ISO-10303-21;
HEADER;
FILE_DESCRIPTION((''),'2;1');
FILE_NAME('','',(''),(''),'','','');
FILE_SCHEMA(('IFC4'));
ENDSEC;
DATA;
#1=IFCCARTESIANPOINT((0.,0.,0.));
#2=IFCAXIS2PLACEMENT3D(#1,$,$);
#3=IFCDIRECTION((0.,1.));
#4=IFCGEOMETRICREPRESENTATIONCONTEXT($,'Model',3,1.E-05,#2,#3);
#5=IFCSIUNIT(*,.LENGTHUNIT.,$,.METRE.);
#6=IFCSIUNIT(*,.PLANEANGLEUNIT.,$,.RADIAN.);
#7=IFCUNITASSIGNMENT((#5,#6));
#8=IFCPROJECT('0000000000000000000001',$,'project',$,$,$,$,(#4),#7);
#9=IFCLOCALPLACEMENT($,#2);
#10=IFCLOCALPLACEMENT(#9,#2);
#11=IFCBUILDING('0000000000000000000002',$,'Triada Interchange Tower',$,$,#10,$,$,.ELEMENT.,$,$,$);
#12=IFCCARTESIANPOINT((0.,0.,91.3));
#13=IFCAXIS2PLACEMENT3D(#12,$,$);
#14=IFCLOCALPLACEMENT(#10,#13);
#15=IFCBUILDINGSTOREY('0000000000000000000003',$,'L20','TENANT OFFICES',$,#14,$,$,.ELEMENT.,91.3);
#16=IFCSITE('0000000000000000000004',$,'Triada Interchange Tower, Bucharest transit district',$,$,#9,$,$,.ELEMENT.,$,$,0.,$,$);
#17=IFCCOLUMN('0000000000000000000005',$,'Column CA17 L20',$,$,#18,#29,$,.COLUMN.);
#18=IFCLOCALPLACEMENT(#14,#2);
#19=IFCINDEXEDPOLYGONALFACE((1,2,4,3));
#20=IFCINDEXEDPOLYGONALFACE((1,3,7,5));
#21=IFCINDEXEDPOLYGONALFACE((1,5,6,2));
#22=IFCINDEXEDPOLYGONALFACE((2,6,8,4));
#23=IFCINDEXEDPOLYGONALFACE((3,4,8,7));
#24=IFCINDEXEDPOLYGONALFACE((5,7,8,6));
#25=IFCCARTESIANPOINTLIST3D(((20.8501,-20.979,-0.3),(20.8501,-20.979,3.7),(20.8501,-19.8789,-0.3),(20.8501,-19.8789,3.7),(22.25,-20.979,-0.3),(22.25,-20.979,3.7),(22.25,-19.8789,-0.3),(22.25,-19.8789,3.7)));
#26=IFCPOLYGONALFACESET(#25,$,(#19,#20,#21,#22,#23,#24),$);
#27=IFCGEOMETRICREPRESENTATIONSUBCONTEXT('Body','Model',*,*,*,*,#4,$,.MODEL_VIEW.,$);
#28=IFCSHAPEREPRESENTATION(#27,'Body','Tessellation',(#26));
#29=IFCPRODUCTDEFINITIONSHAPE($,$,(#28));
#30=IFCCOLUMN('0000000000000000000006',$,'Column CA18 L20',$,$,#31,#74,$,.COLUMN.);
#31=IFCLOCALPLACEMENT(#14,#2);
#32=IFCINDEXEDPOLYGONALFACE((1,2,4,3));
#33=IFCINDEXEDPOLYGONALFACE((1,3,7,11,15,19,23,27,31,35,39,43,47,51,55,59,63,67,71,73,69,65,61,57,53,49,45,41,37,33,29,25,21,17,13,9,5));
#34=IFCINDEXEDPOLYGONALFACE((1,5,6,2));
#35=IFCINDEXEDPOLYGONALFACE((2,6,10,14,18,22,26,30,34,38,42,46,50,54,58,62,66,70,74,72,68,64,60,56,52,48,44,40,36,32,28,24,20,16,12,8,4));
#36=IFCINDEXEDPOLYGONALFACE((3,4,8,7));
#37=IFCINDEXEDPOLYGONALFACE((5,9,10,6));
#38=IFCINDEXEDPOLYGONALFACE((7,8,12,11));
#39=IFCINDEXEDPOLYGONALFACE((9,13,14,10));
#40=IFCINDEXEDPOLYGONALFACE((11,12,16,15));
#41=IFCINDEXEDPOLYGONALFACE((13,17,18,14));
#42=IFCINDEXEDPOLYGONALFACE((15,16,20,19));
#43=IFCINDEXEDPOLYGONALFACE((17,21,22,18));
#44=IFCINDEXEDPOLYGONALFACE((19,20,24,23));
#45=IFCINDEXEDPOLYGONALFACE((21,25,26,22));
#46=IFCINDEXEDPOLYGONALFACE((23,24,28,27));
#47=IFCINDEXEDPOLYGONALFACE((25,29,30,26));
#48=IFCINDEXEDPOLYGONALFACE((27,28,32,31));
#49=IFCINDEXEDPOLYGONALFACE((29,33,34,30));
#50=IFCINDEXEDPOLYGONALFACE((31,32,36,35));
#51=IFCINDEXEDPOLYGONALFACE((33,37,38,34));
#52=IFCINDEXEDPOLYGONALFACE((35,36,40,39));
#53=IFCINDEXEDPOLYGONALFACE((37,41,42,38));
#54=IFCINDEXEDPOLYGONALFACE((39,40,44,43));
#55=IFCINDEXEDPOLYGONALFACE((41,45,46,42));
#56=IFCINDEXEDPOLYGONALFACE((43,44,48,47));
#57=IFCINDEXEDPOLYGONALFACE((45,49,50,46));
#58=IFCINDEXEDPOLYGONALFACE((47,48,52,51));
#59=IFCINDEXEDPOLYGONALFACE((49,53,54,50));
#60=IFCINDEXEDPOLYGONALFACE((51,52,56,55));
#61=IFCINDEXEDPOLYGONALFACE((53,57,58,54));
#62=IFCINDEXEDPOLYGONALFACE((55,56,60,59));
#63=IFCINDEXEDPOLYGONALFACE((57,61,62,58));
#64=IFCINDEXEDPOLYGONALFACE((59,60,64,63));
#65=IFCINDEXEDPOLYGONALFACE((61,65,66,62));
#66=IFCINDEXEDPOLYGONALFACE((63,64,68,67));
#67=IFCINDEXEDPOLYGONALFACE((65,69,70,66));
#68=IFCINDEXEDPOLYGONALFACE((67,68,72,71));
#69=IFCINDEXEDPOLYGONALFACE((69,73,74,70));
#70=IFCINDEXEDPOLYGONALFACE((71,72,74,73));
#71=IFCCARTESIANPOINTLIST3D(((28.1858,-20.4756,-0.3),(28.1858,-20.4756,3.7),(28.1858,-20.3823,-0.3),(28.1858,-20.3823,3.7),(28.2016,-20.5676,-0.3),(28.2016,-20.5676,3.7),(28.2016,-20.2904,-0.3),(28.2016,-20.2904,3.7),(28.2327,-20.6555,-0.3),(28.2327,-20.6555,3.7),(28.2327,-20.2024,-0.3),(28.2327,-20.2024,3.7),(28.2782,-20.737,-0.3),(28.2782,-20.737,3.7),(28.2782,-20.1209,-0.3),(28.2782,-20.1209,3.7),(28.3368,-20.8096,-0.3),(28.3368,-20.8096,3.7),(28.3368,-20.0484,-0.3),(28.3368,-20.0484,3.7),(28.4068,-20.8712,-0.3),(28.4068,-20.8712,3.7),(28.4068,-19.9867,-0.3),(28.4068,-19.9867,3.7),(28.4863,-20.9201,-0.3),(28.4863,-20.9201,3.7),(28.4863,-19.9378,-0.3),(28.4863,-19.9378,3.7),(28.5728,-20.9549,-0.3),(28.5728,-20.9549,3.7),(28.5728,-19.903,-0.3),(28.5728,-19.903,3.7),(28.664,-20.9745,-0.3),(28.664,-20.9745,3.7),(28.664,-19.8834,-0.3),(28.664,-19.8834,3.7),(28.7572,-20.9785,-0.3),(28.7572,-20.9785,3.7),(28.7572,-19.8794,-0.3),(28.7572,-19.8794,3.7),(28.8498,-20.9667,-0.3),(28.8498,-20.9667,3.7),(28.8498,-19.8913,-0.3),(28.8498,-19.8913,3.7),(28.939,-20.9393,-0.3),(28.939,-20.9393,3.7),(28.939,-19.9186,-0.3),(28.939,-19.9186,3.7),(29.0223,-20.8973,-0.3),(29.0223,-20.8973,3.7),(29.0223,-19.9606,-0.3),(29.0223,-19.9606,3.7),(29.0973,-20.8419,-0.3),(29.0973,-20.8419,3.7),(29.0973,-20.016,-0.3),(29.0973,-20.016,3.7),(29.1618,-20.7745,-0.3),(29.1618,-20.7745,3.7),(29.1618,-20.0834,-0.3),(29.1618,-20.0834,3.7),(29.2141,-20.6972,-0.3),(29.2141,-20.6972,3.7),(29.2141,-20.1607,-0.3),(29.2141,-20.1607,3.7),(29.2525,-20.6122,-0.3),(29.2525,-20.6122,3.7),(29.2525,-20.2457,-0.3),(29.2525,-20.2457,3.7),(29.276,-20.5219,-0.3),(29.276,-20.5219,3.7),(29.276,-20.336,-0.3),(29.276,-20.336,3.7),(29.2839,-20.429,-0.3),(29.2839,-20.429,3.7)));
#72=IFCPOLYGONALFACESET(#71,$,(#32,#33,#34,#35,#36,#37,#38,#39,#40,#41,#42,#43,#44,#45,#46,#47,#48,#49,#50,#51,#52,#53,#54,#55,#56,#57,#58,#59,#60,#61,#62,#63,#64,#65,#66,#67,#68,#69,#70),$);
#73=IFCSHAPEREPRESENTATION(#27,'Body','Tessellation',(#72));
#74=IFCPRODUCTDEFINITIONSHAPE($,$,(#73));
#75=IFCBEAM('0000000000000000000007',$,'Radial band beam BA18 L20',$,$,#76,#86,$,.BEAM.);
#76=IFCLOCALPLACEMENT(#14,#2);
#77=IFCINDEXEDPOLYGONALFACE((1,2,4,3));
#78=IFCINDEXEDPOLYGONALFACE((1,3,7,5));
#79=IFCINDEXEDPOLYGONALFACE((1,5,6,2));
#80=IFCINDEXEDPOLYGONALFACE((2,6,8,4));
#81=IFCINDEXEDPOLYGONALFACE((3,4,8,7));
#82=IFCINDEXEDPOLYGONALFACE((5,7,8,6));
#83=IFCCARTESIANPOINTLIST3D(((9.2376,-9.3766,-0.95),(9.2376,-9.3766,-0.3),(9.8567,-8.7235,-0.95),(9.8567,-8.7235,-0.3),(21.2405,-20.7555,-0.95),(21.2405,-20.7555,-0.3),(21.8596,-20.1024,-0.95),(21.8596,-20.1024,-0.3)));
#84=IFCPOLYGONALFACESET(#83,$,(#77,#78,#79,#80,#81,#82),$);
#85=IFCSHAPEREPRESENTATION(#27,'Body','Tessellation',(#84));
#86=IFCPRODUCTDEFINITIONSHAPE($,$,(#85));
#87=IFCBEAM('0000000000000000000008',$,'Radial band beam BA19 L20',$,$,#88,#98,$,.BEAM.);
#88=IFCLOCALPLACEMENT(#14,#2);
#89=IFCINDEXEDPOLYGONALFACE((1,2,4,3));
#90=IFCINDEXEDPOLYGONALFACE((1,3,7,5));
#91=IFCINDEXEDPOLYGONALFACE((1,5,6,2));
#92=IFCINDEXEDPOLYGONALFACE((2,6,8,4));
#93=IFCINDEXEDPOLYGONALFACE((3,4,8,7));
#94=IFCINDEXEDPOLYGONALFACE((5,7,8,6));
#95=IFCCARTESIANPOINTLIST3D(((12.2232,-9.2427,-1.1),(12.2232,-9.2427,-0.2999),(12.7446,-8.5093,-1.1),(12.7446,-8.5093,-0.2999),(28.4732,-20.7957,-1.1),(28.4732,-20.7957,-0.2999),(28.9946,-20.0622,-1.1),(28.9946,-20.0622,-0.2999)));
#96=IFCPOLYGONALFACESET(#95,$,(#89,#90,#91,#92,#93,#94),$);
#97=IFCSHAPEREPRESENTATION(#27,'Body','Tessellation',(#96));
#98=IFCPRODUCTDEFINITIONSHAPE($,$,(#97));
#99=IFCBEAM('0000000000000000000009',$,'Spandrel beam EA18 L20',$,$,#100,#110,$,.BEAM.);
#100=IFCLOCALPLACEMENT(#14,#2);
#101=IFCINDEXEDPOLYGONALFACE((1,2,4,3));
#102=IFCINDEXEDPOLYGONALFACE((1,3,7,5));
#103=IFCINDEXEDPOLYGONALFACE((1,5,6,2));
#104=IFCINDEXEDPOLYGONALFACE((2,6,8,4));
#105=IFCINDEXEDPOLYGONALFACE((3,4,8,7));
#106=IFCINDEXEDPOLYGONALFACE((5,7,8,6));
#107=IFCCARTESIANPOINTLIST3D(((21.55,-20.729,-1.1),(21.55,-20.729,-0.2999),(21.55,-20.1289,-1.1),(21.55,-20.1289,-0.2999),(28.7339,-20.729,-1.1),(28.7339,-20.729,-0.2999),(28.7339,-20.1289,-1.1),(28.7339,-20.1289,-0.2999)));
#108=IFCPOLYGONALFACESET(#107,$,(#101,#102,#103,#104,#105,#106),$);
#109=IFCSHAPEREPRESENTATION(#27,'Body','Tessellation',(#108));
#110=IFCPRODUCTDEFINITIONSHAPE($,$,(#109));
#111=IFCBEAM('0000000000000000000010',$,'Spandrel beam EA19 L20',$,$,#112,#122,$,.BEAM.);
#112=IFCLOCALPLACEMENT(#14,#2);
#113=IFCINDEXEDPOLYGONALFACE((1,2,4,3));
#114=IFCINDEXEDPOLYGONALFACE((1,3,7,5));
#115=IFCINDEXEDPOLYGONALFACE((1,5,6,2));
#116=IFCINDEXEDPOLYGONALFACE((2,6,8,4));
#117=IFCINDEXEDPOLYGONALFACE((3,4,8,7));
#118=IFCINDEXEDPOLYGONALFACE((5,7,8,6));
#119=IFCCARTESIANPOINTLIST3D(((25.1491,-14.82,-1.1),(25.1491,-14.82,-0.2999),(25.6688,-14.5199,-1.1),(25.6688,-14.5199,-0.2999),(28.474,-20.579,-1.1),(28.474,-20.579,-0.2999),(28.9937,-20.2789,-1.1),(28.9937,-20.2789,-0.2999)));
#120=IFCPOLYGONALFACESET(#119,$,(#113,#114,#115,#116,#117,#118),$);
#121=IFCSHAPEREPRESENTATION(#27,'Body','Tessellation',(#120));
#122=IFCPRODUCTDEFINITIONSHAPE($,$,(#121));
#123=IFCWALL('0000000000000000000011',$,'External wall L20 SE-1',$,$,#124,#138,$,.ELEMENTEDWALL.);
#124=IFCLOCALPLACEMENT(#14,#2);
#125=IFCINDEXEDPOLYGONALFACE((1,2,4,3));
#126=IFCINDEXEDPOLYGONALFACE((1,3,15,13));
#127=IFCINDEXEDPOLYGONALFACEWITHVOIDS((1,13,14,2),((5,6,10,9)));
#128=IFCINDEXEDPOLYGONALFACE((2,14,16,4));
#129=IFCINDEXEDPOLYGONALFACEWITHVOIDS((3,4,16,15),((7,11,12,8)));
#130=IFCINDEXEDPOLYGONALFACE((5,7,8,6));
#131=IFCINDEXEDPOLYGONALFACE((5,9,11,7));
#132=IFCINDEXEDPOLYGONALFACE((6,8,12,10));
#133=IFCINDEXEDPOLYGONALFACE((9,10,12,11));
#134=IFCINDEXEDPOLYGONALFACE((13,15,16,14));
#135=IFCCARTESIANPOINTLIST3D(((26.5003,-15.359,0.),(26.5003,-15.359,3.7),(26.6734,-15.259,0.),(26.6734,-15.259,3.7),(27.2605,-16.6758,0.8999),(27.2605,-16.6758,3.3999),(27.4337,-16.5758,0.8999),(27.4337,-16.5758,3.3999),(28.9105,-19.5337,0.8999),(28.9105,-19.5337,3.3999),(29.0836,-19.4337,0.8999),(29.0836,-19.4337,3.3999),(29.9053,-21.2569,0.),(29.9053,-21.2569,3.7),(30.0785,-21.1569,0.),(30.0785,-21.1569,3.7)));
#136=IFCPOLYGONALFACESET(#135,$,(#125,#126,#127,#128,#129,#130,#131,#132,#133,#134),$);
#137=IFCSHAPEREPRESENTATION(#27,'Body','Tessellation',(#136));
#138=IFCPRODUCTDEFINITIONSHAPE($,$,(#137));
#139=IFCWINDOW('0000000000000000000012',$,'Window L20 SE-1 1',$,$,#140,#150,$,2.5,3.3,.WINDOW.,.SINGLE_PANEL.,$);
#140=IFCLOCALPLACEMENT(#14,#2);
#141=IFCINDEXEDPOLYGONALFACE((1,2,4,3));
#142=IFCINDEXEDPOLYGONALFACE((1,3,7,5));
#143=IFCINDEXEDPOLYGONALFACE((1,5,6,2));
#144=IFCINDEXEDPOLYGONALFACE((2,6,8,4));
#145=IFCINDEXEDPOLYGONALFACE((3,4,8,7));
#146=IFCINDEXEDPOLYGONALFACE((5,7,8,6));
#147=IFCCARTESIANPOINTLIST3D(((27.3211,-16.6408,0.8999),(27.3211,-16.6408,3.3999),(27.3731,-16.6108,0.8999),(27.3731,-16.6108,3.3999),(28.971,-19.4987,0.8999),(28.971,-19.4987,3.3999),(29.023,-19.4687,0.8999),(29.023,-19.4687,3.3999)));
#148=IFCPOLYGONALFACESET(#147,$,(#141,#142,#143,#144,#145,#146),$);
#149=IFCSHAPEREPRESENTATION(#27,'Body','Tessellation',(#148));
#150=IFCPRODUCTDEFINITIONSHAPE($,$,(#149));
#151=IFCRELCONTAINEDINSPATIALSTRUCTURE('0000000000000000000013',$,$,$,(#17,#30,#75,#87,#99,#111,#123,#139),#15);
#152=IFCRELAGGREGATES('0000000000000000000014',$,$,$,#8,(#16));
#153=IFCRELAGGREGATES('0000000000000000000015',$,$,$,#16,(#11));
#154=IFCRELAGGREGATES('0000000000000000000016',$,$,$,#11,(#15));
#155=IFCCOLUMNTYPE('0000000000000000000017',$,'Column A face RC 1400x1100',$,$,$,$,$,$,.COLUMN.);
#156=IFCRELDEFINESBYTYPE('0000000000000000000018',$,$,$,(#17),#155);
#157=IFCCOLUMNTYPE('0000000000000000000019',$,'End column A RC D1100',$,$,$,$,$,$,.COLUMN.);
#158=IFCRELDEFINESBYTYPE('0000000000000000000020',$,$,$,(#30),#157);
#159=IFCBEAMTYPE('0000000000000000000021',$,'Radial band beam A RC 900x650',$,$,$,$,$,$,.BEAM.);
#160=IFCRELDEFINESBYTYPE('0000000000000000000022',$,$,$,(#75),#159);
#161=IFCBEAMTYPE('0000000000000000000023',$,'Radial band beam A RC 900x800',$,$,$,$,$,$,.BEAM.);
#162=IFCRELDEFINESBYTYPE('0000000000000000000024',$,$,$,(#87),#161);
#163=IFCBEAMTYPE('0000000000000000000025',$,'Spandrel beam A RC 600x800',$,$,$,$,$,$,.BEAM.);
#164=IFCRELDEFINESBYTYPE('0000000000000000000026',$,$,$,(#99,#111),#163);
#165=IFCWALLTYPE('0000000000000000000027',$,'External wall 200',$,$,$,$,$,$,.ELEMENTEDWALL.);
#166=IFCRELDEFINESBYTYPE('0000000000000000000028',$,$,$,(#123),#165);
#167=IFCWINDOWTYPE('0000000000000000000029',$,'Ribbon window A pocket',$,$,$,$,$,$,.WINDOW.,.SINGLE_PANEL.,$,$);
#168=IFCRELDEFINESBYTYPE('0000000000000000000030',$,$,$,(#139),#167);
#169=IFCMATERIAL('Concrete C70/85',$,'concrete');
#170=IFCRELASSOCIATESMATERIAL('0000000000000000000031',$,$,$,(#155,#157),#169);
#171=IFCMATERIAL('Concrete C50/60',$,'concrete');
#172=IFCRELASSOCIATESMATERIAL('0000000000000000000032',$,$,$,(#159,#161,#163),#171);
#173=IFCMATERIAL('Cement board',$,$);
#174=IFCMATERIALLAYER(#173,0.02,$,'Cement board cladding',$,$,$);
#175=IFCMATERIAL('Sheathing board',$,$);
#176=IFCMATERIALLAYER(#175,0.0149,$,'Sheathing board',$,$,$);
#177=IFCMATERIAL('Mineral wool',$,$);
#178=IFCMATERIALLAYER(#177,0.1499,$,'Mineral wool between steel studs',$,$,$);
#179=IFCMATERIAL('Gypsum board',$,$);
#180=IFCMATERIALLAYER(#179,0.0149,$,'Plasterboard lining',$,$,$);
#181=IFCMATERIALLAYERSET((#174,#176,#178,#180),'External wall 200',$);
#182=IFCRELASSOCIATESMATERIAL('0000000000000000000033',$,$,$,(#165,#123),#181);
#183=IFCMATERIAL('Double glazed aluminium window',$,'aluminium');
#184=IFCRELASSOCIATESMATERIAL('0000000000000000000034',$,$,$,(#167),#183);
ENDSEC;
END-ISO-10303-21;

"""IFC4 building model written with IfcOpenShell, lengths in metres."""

from ifc_helpers import new_model, si_unit, direction, frame, frame_2d, origin, origin_2d, place, context, subcontext, project, spatial, rectangle, circle, extrude, material, layer, layer_set, layer_usage, material_profile, profile_set, type_object, element, fill, save


model = new_model("IFC4")

# Units and contexts
model_context = context("Model", 3, precision=1e-05, world=origin(), true_north=direction((0.0, 1.0)))
body_context = subcontext(model_context, "Body", "Model", "MODEL_VIEW")
ifc_project = project(units=[si_unit("LENGTHUNIT", "METRE"), si_unit("PLANEANGLEUNIT", "RADIAN")], contexts=[model_context])

# Site, building, storey
site_placement = place(None, origin())
site = spatial("IfcSite", under=ifc_project, at=site_placement, Name="Triada Interchange Tower, Bucharest transit district", CompositionType="ELEMENT", RefElevation=0.0)
building_placement = place(site_placement, origin())
building = spatial("IfcBuilding", under=site, at=building_placement, Name="Triada Interchange Tower", CompositionType="ELEMENT")
storey_placement = place(building_placement, frame((0.0, 0.0, 91.3)))
storey = spatial("IfcBuildingStorey", under=building, at=storey_placement, Name="L20", Description="TENANT OFFICES", CompositionType="ELEMENT", Elevation=91.3)

# Columns
ifc_material_1 = material(Name="Concrete C70/85", Category="concrete")
ifc_material_profile_1 = material_profile(ifc_material_1, rectangle(XDim=1.3999, YDim=1.1001, at=origin_2d()), Name="RC 1400x1100")
ifc_profile_set_1 = profile_set([ifc_material_profile_1], Name="Concrete C70/85")
column_type_1 = type_object("IfcColumnType", Name="Column A face RC 1400x1100", PredefinedType="COLUMN", material=ifc_profile_set_1)
column_1_placement = place(storey_placement, frame((21.55, -20.429, -0.3), z_axis=(0.0, 0.0, 1.0), x_axis=(1.0, 0.0, 0.0)))
element("IfcColumn", 1, at=column_1_placement, inside=storey, type_object=column_type_1, Name="Column CA17 L20", PredefinedType="COLUMN", context=body_context, shape_type="SweptSolid", body=[
    extrude(rectangle(XDim=1.3999, YDim=1.1001, at=origin_2d()), origin(), (0.0, 0.0, 1.0), 4.0),
])
ifc_material_profile_2 = material_profile(ifc_material_1, circle(Radius=0.55, at=origin_2d()), Name="RC D1100")
ifc_profile_set_2 = profile_set([ifc_material_profile_2], Name="Concrete C70/85")
column_type_2 = type_object("IfcColumnType", Name="End column A RC D1100", PredefinedType="COLUMN", material=ifc_profile_set_2)
column_2_placement = place(storey_placement, frame((28.7339, -20.429, -0.3), z_axis=(0.0, 0.0, 1.0), x_axis=(1.0, 0.0, 0.0)))
element("IfcColumn", 2, at=column_2_placement, inside=storey, type_object=column_type_2, Name="Column CA18 L20", PredefinedType="COLUMN", context=body_context, shape_type="SweptSolid", body=[
    extrude(circle(Radius=0.55, at=origin_2d()), origin(), (0.0, 0.0, 1.0), 4.0),
])

# Beams
ifc_material_2 = material(Name="Concrete C50/60", Category="concrete")
ifc_material_profile_3 = material_profile(ifc_material_2, rectangle(XDim=0.8999, YDim=0.6499, at=origin_2d()), Name="RC 900x650")
ifc_profile_set_3 = profile_set([ifc_material_profile_3], Name="Concrete C50/60")
beam_type_1 = type_object("IfcBeamType", Name="Radial band beam A RC 900x650", PredefinedType="BEAM", material=ifc_profile_set_3)
beam_1_placement = place(storey_placement, frame((21.55, -20.429, -0.625), z_axis=(-0.72572, 0.68799, 0.0), x_axis=(-0.68799, -0.72572, 0.0)))
element("IfcBeam", 3, at=beam_1_placement, inside=storey, type_object=beam_type_1, Name="Radial band beam BA18 L20", PredefinedType="BEAM", context=body_context, shape_type="SweptSolid", body=[
    extrude(rectangle(XDim=0.8999, YDim=0.6499, at=origin_2d()), origin(), (0.0, 0.0, 1.0), 16.5393),
])
ifc_material_profile_4 = material_profile(ifc_material_2, rectangle(XDim=0.8999, YDim=0.8, at=origin_2d()), Name="RC 900x800")
ifc_profile_set_4 = profile_set([ifc_material_profile_4], Name="Concrete C50/60")
beam_type_2 = type_object("IfcBeamType", Name="Radial band beam A RC 900x800", PredefinedType="BEAM", material=ifc_profile_set_4)
beam_2_placement = place(storey_placement, frame((28.7339, -20.429, -0.7), z_axis=(-0.815016, 0.579438, 0.0), x_axis=(-0.579438, -0.815016, 0.0)))
element("IfcBeam", 4, at=beam_2_placement, inside=storey, type_object=beam_type_2, Name="Radial band beam BA19 L20", PredefinedType="BEAM", context=body_context, shape_type="SweptSolid", body=[
    extrude(rectangle(XDim=0.8999, YDim=0.8, at=origin_2d()), origin(), (0.0, 0.0, 1.0), 19.9382),
])
ifc_material_profile_5 = material_profile(ifc_material_2, rectangle(XDim=0.6001, YDim=0.8, at=origin_2d()), Name="RC 600x800")
ifc_profile_set_5 = profile_set([ifc_material_profile_5], Name="Concrete C50/60")
beam_type_3 = type_object("IfcBeamType", Name="Spandrel beam A RC 600x800", PredefinedType="BEAM", material=ifc_profile_set_5)
beam_3_placement = place(storey_placement, frame((21.55, -20.429, -0.7), z_axis=(1.0, 0.0, 0.0), x_axis=(0.0, 1.0, 0.0)))
element("IfcBeam", 5, at=beam_3_placement, inside=storey, type_object=beam_type_3, Name="Spandrel beam EA18 L20", PredefinedType="BEAM", context=body_context, shape_type="SweptSolid", body=[
    extrude(rectangle(XDim=0.6001, YDim=0.8, at=origin_2d()), origin(), (0.0, 0.0, 1.0), 7.1838),
])
beam_4_placement = place(storey_placement, frame((28.7339, -20.429, -0.7), z_axis=(-0.499997, 0.866027, 0.0), x_axis=(-0.866027, -0.499997, 0.0)))
element("IfcBeam", 6, at=beam_4_placement, inside=storey, type_object=beam_type_3, Name="Spandrel beam EA19 L20", PredefinedType="BEAM", context=body_context, shape_type="SweptSolid", body=[
    extrude(rectangle(XDim=0.6001, YDim=0.8, at=origin_2d()), origin(), (0.0, 0.0, 1.0), 6.6499),
])

# Wall, opening, window
ifc_material_3 = material(Name="Cement board")
ifc_layer_1 = layer(ifc_material_3, 0.02, Name="Cement board cladding")
ifc_material_4 = material(Name="Sheathing board")
ifc_layer_2 = layer(ifc_material_4, 0.0149, Name="Sheathing board")
ifc_material_5 = material(Name="Mineral wool")
ifc_layer_3 = layer(ifc_material_5, 0.1499, Name="Mineral wool between steel studs")
ifc_material_6 = material(Name="Gypsum board")
ifc_layer_4 = layer(ifc_material_6, 0.0149, Name="Plasterboard lining")
ifc_layer_set_1 = layer_set([ifc_layer_1, ifc_layer_2, ifc_layer_3, ifc_layer_4], Name="External wall 200")
ifc_layer_usage = layer_usage(ifc_layer_set_1, "AXIS2", "POSITIVE", -0.1001)
wall_type = type_object("IfcWallType", Name="External wall 200", PredefinedType="ELEMENTEDWALL", material=ifc_layer_set_1)
wall_1_placement = place(storey_placement, frame((29.9919, -21.207, 0.0), z_axis=(0.0, 0.0, 1.0), x_axis=(-0.499983, 0.866035, 0.0)))
wall_1 = element("IfcWall", 7, at=wall_1_placement, inside=storey, type_object=wall_type, material=ifc_layer_usage, Name="External wall L20 SE-1", PredefinedType="ELEMENTEDWALL", context=body_context, shape_type="SweptSolid", body=[
    extrude(rectangle(XDim=6.8103, YDim=0.2, at=frame_2d((3.4053, 0.0))), origin(), (0.0, 0.0, 1.0), 3.7),
])
opening_1_placement = place(wall_1_placement, frame((1.99, 0.0, 0.8999)))
opening_1 = element("IfcOpeningElement", 8, at=opening_1_placement, cuts=wall_1, PredefinedType="OPENING", context=body_context, shape_type="SweptSolid", body=[
    extrude(rectangle(XDim=3.3, YDim=2.5, at=frame_2d((1.6499, 1.25))), frame((0.0, 0.1099, 0.0), z_axis=(0.0, -1.0, 0.0), x_axis=(1.0, 0.0, 0.0)), (0.0, 0.0, 1.0), 0.22),
])
ifc_material_7 = material(Name="Double glazed aluminium window", Category="aluminium")
window_type_1 = type_object("IfcWindowType", Name="Ribbon window A pocket", PartitioningType="SINGLE_PANEL", PredefinedType="WINDOW", material=ifc_material_7)
window_1_placement = place(opening_1_placement, origin())
window_1 = element("IfcWindow", 9, at=window_1_placement, inside=storey, type_object=window_type_1, Name="Window L20 SE-1 1", OverallHeight=2.5, OverallWidth=3.3, PartitioningType="SINGLE_PANEL", PredefinedType="WINDOW", context=body_context, shape_type="SweptSolid", body=[
    extrude(rectangle(XDim=3.3, YDim=2.5, at=frame_2d((1.6499, 1.25))), frame((0.0, 0.03, 0.0), z_axis=(0.0, -1.0, 0.0), x_axis=(1.0, 0.0, 0.0)), (0.0, 0.0, 1.0), 0.0601),
])
fill(opening_1, window_1)

save(model, "model.ifc")
